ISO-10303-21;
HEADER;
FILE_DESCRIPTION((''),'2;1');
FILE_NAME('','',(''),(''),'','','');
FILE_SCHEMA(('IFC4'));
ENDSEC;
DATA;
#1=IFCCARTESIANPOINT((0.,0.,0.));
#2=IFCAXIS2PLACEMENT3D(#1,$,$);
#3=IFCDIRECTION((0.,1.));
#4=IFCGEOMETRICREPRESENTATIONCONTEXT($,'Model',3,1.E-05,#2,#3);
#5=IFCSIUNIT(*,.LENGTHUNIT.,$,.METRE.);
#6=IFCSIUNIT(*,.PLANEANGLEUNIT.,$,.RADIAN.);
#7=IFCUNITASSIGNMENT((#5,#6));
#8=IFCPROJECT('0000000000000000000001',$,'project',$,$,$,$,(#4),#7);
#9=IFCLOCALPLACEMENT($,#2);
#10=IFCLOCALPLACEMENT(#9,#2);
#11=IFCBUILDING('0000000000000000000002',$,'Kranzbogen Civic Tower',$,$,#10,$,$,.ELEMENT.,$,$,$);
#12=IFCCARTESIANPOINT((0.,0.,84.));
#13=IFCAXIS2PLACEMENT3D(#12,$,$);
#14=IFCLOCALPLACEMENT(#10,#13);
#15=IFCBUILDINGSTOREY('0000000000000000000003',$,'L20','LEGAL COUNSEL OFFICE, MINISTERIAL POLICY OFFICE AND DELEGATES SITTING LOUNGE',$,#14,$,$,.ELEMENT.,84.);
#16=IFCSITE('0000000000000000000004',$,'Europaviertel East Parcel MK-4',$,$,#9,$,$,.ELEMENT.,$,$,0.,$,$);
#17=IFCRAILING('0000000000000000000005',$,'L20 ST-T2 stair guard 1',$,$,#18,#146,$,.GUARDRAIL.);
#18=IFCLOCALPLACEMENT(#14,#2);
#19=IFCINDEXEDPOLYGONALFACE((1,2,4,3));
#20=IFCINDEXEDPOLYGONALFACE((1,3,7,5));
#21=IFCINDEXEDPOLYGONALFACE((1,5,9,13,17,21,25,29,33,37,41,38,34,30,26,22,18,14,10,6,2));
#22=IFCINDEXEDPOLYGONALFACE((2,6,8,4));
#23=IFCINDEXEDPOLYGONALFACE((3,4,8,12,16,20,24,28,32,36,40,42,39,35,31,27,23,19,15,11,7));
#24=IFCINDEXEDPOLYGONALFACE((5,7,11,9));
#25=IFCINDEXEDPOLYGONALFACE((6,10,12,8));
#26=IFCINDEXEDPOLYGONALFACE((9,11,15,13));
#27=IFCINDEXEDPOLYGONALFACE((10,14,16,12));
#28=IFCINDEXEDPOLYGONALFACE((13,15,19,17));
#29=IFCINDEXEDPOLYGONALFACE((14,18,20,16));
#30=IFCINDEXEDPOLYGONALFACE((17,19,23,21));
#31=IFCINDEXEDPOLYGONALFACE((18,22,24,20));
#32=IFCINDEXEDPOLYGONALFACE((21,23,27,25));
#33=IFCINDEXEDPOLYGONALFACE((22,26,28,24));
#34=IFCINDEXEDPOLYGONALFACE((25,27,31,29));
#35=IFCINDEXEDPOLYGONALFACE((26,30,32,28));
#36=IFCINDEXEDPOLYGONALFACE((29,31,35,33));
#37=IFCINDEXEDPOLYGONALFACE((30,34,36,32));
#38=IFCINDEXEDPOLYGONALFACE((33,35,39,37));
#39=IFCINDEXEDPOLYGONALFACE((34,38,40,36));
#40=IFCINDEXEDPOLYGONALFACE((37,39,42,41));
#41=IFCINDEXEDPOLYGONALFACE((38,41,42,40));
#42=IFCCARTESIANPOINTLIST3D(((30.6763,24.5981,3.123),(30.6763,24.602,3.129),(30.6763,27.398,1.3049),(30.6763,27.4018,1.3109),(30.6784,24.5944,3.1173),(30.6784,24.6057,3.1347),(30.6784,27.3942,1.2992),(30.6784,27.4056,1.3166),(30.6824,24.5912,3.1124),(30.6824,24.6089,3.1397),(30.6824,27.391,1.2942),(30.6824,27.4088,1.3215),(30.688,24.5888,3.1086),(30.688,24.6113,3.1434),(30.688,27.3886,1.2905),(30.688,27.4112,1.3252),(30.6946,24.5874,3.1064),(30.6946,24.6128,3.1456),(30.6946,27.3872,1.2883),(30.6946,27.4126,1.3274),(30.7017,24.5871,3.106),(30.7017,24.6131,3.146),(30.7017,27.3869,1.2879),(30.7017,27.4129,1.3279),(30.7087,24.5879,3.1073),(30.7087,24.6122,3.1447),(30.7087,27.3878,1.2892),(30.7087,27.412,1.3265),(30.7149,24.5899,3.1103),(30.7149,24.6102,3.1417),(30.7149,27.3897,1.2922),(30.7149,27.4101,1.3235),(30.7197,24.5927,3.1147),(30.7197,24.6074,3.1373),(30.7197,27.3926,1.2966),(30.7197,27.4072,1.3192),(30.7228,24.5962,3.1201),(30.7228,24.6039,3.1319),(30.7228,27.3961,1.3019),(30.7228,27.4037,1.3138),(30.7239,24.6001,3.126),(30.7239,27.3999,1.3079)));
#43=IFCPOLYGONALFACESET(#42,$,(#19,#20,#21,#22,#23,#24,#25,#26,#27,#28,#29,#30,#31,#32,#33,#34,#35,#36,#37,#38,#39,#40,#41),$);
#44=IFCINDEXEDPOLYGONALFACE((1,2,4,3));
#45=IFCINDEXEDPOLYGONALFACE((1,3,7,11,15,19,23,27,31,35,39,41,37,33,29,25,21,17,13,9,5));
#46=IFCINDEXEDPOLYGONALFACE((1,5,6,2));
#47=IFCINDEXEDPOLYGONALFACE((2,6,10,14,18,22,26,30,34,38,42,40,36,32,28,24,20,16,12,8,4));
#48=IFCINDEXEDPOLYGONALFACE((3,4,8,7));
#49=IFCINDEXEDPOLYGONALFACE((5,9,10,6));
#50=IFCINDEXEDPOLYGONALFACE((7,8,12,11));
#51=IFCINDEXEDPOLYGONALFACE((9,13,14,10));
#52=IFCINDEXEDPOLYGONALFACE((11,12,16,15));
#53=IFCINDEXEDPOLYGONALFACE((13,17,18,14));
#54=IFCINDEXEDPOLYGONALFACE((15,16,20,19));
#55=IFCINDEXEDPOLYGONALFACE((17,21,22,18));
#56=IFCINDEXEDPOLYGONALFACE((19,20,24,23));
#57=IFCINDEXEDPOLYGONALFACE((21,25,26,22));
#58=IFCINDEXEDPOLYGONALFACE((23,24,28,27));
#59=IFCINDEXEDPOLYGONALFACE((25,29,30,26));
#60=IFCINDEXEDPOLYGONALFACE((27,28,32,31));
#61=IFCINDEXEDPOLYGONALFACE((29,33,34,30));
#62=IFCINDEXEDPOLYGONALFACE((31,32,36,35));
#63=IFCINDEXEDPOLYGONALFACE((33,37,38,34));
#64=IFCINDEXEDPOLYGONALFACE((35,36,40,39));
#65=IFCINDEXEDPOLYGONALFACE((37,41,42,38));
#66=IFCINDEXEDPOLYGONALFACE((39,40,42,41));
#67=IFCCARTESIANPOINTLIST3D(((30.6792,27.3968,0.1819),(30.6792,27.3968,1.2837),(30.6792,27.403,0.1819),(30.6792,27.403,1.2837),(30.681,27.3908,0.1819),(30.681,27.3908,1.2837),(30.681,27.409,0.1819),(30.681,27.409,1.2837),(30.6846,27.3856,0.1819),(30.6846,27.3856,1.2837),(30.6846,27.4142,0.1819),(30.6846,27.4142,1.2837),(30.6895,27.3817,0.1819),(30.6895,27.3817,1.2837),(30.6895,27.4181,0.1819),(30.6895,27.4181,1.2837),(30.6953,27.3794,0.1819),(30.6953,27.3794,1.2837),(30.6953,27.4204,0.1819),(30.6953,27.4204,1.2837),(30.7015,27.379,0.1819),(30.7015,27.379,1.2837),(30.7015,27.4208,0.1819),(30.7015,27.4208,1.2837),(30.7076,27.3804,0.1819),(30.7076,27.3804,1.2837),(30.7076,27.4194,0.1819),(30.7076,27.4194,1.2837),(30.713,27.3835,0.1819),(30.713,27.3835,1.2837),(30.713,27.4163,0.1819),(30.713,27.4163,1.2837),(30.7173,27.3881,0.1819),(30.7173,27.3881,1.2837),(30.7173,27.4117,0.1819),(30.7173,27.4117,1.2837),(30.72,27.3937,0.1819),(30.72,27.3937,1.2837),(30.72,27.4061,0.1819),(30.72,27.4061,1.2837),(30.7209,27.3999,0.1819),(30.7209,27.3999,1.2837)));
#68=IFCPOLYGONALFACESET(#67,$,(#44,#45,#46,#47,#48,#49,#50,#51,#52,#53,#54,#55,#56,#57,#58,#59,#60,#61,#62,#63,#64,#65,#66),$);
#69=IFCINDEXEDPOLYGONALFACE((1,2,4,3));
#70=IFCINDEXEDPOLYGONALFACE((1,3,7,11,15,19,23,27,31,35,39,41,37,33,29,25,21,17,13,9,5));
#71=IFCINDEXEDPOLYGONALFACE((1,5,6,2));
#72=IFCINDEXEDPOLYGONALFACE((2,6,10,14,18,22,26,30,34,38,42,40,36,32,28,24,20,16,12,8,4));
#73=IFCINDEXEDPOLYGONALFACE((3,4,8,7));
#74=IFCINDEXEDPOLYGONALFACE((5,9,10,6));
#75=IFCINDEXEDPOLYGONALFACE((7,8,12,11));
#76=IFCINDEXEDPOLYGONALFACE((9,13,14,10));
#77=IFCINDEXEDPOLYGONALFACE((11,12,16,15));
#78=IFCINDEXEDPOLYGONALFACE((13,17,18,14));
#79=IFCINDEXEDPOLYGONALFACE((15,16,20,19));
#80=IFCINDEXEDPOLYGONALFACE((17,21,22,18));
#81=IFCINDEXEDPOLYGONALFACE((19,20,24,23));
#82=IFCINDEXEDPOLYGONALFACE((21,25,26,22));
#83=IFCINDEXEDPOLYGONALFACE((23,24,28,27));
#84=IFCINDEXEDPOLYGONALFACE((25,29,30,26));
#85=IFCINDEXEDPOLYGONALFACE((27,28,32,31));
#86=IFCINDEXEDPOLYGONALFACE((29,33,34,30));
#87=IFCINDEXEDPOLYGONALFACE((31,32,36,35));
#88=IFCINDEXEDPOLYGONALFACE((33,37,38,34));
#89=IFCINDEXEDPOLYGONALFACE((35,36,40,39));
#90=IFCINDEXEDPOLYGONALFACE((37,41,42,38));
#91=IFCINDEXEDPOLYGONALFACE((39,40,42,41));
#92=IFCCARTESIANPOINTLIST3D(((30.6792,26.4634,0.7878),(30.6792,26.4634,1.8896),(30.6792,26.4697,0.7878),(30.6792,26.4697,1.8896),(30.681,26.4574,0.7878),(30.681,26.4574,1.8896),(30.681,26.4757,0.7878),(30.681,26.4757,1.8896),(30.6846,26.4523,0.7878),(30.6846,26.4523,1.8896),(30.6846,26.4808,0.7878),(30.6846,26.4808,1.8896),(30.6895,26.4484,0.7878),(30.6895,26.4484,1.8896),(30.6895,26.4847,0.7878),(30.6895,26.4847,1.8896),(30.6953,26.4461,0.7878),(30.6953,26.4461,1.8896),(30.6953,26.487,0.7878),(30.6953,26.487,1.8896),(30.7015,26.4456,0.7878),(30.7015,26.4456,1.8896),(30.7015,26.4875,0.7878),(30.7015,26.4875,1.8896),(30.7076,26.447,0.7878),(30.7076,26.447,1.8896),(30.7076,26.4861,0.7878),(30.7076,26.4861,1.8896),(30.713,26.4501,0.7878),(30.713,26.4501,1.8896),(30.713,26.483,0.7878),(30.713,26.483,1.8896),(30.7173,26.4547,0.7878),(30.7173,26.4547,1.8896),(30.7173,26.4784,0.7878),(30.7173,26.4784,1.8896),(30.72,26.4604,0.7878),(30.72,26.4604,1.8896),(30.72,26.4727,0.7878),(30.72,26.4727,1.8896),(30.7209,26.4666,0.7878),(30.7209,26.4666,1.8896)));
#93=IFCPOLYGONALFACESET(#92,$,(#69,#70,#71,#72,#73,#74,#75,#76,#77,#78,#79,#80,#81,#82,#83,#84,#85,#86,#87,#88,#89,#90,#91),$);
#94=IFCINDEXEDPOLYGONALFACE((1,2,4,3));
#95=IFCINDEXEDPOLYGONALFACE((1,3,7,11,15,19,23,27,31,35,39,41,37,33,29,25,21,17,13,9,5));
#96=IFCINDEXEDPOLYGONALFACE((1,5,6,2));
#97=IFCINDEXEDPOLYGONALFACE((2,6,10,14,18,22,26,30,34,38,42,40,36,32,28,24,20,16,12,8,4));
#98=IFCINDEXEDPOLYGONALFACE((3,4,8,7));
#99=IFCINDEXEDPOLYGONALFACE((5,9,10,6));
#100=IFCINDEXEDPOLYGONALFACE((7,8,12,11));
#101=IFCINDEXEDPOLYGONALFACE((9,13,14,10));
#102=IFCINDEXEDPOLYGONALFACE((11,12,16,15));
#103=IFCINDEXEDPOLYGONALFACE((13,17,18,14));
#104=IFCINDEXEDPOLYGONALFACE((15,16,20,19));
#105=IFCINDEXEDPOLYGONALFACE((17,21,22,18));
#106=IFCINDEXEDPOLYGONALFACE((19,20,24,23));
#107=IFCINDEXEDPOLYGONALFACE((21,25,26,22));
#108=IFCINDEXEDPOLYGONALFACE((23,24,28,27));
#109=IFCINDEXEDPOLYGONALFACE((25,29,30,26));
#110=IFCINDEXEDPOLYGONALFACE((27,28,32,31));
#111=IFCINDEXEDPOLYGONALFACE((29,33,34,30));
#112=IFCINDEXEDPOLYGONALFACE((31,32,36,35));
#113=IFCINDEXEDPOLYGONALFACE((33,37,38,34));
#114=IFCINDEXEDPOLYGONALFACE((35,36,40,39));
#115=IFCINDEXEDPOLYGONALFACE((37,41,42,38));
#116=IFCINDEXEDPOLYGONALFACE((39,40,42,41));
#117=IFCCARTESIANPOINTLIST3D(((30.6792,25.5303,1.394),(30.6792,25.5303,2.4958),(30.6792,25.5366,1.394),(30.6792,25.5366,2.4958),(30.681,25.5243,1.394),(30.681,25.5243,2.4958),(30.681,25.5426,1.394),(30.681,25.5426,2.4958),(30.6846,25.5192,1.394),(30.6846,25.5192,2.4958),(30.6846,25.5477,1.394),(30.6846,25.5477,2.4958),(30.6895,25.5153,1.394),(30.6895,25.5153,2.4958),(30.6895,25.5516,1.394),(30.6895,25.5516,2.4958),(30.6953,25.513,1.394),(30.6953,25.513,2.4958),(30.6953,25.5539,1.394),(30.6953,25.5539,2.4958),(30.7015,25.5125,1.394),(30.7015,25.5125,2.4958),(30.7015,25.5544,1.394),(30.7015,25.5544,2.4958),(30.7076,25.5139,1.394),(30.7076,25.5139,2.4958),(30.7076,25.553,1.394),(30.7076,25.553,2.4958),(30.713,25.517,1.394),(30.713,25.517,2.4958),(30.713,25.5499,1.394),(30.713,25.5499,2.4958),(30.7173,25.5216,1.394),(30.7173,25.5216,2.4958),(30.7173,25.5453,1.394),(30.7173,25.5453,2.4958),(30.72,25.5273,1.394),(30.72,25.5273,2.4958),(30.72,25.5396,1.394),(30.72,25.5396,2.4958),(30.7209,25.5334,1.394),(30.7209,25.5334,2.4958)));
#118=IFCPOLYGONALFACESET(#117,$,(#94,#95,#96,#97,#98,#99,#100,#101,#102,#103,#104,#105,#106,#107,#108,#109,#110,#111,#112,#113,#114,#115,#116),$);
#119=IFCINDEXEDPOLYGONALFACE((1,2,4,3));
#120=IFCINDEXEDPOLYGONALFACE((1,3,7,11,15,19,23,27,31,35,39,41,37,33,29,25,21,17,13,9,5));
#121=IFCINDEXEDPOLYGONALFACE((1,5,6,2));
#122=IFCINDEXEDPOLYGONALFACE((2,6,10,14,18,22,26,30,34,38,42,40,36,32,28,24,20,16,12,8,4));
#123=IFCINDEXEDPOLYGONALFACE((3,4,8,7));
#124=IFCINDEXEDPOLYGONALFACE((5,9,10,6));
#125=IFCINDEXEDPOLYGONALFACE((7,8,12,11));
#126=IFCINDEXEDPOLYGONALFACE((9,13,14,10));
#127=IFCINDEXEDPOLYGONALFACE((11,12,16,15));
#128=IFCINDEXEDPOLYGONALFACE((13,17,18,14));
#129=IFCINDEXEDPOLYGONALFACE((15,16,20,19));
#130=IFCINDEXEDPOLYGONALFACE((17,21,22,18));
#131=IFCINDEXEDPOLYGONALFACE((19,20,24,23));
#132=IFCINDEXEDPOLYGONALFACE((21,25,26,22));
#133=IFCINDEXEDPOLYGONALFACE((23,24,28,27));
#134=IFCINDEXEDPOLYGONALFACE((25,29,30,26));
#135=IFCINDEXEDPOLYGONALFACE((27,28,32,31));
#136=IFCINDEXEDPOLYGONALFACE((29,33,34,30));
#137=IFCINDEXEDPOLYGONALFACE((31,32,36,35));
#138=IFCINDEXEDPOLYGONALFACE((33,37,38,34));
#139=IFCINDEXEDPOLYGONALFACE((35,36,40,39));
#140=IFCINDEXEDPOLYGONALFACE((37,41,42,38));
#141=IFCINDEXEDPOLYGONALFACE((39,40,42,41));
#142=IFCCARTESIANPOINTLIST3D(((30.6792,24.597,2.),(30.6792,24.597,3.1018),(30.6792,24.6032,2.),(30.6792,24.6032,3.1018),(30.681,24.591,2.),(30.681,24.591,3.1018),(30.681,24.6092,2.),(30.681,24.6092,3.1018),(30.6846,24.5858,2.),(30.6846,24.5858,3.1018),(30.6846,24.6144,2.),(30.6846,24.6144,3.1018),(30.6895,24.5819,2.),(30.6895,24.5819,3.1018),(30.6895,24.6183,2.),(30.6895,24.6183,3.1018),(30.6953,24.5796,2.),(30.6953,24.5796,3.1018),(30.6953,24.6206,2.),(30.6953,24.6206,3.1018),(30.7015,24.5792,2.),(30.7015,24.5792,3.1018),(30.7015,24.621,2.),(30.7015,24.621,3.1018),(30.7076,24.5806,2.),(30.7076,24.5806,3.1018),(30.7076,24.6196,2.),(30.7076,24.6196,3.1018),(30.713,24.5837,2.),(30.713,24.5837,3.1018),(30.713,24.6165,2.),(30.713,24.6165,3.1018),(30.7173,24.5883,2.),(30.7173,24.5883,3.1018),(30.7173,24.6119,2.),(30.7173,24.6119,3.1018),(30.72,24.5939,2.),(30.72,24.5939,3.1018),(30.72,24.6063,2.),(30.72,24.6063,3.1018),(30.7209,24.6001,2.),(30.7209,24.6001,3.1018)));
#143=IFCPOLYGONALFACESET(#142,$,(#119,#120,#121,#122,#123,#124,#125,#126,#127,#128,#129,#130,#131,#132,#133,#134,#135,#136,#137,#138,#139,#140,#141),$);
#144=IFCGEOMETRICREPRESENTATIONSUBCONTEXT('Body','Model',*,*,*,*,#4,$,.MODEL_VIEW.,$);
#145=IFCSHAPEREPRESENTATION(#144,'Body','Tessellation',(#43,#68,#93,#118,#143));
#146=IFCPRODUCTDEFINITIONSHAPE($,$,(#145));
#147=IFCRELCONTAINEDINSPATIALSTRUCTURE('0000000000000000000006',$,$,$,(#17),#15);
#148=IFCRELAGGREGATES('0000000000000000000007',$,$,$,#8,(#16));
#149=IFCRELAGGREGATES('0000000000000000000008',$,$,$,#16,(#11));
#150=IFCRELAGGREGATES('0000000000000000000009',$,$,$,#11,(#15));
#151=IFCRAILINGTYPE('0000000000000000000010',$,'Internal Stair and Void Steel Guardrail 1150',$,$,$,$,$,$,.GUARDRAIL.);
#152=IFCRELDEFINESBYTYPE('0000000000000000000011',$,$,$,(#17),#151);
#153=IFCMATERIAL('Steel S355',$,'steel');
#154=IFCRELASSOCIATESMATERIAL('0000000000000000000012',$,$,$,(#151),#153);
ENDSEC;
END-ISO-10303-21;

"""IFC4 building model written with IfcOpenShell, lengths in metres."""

from ifc_helpers import new_model, si_unit, direction, frame, origin, origin_2d, place, context, subcontext, project, spatial, circle, extrude, material, type_object, element, save


model = new_model("IFC4")

# Units and contexts
model_context = context("Model", 3, precision=1e-05, world=origin(), true_north=direction((0.0, 1.0)))
body_context = subcontext(model_context, "Body", "Model", "MODEL_VIEW")
ifc_project = project(units=[si_unit("LENGTHUNIT", "METRE"), si_unit("PLANEANGLEUNIT", "RADIAN")], contexts=[model_context])

# Site, building, storey
site_placement = place(None, origin())
site = spatial("IfcSite", under=ifc_project, at=site_placement, Name="Europaviertel East Parcel MK-4", CompositionType="ELEMENT", RefElevation=0.0)
building_placement = place(site_placement, origin())
building = spatial("IfcBuilding", under=site, at=building_placement, Name="Kranzbogen Civic Tower", CompositionType="ELEMENT")
storey_placement = place(building_placement, frame((0.0, 0.0, 84.0)))
storey = spatial("IfcBuildingStorey", under=building, at=storey_placement, Name="L20", Description="LEGAL COUNSEL OFFICE, MINISTERIAL POLICY OFFICE AND DELEGATES SITTING LOUNGE", CompositionType="ELEMENT", Elevation=84.0)

# Shared definitions
ifc_material_1 = material(Name="Steel S355", Category="steel")

# Railing
railing_type_1 = type_object("IfcRailingType", Name="Internal Stair and Void Steel Guardrail 1150", PredefinedType="GUARDRAIL", material=ifc_material_1)
railing_1_placement = place(storey_placement, frame((30.7, 27.3999, 0.1819)))
element("IfcRailing", 1, at=railing_1_placement, inside=storey, type_object=railing_type_1, Name="L20 ST-T2 stair guard 1", PredefinedType="GUARDRAIL", context=body_context, shape_type="SweptSolid", body=[
    extrude(circle(Radius=0.0239, at=origin_2d()), frame((0.0, 0.0, 1.126), z_axis=(0.0, -0.838684, 0.544618), x_axis=(1.0, 0.0, 0.0)), (0.0, 0.0, 1.0), 3.3384),
    extrude(circle(Radius=0.021, at=origin_2d()), origin(), (0.0, 0.0, 1.0), 1.1018),
    extrude(circle(Radius=0.021, at=origin_2d()), frame((0.0, -0.9333, 0.606)), (0.0, 0.0, 1.0), 1.1018),
    extrude(circle(Radius=0.021, at=origin_2d()), frame((0.0, -1.8665, 1.2122)), (0.0, 0.0, 1.0), 1.1018),
    extrude(circle(Radius=0.021, at=origin_2d()), frame((0.0, -2.7998, 1.8181)), (0.0, 0.0, 1.0), 1.1018),
])

save(model, "model.ifc")
